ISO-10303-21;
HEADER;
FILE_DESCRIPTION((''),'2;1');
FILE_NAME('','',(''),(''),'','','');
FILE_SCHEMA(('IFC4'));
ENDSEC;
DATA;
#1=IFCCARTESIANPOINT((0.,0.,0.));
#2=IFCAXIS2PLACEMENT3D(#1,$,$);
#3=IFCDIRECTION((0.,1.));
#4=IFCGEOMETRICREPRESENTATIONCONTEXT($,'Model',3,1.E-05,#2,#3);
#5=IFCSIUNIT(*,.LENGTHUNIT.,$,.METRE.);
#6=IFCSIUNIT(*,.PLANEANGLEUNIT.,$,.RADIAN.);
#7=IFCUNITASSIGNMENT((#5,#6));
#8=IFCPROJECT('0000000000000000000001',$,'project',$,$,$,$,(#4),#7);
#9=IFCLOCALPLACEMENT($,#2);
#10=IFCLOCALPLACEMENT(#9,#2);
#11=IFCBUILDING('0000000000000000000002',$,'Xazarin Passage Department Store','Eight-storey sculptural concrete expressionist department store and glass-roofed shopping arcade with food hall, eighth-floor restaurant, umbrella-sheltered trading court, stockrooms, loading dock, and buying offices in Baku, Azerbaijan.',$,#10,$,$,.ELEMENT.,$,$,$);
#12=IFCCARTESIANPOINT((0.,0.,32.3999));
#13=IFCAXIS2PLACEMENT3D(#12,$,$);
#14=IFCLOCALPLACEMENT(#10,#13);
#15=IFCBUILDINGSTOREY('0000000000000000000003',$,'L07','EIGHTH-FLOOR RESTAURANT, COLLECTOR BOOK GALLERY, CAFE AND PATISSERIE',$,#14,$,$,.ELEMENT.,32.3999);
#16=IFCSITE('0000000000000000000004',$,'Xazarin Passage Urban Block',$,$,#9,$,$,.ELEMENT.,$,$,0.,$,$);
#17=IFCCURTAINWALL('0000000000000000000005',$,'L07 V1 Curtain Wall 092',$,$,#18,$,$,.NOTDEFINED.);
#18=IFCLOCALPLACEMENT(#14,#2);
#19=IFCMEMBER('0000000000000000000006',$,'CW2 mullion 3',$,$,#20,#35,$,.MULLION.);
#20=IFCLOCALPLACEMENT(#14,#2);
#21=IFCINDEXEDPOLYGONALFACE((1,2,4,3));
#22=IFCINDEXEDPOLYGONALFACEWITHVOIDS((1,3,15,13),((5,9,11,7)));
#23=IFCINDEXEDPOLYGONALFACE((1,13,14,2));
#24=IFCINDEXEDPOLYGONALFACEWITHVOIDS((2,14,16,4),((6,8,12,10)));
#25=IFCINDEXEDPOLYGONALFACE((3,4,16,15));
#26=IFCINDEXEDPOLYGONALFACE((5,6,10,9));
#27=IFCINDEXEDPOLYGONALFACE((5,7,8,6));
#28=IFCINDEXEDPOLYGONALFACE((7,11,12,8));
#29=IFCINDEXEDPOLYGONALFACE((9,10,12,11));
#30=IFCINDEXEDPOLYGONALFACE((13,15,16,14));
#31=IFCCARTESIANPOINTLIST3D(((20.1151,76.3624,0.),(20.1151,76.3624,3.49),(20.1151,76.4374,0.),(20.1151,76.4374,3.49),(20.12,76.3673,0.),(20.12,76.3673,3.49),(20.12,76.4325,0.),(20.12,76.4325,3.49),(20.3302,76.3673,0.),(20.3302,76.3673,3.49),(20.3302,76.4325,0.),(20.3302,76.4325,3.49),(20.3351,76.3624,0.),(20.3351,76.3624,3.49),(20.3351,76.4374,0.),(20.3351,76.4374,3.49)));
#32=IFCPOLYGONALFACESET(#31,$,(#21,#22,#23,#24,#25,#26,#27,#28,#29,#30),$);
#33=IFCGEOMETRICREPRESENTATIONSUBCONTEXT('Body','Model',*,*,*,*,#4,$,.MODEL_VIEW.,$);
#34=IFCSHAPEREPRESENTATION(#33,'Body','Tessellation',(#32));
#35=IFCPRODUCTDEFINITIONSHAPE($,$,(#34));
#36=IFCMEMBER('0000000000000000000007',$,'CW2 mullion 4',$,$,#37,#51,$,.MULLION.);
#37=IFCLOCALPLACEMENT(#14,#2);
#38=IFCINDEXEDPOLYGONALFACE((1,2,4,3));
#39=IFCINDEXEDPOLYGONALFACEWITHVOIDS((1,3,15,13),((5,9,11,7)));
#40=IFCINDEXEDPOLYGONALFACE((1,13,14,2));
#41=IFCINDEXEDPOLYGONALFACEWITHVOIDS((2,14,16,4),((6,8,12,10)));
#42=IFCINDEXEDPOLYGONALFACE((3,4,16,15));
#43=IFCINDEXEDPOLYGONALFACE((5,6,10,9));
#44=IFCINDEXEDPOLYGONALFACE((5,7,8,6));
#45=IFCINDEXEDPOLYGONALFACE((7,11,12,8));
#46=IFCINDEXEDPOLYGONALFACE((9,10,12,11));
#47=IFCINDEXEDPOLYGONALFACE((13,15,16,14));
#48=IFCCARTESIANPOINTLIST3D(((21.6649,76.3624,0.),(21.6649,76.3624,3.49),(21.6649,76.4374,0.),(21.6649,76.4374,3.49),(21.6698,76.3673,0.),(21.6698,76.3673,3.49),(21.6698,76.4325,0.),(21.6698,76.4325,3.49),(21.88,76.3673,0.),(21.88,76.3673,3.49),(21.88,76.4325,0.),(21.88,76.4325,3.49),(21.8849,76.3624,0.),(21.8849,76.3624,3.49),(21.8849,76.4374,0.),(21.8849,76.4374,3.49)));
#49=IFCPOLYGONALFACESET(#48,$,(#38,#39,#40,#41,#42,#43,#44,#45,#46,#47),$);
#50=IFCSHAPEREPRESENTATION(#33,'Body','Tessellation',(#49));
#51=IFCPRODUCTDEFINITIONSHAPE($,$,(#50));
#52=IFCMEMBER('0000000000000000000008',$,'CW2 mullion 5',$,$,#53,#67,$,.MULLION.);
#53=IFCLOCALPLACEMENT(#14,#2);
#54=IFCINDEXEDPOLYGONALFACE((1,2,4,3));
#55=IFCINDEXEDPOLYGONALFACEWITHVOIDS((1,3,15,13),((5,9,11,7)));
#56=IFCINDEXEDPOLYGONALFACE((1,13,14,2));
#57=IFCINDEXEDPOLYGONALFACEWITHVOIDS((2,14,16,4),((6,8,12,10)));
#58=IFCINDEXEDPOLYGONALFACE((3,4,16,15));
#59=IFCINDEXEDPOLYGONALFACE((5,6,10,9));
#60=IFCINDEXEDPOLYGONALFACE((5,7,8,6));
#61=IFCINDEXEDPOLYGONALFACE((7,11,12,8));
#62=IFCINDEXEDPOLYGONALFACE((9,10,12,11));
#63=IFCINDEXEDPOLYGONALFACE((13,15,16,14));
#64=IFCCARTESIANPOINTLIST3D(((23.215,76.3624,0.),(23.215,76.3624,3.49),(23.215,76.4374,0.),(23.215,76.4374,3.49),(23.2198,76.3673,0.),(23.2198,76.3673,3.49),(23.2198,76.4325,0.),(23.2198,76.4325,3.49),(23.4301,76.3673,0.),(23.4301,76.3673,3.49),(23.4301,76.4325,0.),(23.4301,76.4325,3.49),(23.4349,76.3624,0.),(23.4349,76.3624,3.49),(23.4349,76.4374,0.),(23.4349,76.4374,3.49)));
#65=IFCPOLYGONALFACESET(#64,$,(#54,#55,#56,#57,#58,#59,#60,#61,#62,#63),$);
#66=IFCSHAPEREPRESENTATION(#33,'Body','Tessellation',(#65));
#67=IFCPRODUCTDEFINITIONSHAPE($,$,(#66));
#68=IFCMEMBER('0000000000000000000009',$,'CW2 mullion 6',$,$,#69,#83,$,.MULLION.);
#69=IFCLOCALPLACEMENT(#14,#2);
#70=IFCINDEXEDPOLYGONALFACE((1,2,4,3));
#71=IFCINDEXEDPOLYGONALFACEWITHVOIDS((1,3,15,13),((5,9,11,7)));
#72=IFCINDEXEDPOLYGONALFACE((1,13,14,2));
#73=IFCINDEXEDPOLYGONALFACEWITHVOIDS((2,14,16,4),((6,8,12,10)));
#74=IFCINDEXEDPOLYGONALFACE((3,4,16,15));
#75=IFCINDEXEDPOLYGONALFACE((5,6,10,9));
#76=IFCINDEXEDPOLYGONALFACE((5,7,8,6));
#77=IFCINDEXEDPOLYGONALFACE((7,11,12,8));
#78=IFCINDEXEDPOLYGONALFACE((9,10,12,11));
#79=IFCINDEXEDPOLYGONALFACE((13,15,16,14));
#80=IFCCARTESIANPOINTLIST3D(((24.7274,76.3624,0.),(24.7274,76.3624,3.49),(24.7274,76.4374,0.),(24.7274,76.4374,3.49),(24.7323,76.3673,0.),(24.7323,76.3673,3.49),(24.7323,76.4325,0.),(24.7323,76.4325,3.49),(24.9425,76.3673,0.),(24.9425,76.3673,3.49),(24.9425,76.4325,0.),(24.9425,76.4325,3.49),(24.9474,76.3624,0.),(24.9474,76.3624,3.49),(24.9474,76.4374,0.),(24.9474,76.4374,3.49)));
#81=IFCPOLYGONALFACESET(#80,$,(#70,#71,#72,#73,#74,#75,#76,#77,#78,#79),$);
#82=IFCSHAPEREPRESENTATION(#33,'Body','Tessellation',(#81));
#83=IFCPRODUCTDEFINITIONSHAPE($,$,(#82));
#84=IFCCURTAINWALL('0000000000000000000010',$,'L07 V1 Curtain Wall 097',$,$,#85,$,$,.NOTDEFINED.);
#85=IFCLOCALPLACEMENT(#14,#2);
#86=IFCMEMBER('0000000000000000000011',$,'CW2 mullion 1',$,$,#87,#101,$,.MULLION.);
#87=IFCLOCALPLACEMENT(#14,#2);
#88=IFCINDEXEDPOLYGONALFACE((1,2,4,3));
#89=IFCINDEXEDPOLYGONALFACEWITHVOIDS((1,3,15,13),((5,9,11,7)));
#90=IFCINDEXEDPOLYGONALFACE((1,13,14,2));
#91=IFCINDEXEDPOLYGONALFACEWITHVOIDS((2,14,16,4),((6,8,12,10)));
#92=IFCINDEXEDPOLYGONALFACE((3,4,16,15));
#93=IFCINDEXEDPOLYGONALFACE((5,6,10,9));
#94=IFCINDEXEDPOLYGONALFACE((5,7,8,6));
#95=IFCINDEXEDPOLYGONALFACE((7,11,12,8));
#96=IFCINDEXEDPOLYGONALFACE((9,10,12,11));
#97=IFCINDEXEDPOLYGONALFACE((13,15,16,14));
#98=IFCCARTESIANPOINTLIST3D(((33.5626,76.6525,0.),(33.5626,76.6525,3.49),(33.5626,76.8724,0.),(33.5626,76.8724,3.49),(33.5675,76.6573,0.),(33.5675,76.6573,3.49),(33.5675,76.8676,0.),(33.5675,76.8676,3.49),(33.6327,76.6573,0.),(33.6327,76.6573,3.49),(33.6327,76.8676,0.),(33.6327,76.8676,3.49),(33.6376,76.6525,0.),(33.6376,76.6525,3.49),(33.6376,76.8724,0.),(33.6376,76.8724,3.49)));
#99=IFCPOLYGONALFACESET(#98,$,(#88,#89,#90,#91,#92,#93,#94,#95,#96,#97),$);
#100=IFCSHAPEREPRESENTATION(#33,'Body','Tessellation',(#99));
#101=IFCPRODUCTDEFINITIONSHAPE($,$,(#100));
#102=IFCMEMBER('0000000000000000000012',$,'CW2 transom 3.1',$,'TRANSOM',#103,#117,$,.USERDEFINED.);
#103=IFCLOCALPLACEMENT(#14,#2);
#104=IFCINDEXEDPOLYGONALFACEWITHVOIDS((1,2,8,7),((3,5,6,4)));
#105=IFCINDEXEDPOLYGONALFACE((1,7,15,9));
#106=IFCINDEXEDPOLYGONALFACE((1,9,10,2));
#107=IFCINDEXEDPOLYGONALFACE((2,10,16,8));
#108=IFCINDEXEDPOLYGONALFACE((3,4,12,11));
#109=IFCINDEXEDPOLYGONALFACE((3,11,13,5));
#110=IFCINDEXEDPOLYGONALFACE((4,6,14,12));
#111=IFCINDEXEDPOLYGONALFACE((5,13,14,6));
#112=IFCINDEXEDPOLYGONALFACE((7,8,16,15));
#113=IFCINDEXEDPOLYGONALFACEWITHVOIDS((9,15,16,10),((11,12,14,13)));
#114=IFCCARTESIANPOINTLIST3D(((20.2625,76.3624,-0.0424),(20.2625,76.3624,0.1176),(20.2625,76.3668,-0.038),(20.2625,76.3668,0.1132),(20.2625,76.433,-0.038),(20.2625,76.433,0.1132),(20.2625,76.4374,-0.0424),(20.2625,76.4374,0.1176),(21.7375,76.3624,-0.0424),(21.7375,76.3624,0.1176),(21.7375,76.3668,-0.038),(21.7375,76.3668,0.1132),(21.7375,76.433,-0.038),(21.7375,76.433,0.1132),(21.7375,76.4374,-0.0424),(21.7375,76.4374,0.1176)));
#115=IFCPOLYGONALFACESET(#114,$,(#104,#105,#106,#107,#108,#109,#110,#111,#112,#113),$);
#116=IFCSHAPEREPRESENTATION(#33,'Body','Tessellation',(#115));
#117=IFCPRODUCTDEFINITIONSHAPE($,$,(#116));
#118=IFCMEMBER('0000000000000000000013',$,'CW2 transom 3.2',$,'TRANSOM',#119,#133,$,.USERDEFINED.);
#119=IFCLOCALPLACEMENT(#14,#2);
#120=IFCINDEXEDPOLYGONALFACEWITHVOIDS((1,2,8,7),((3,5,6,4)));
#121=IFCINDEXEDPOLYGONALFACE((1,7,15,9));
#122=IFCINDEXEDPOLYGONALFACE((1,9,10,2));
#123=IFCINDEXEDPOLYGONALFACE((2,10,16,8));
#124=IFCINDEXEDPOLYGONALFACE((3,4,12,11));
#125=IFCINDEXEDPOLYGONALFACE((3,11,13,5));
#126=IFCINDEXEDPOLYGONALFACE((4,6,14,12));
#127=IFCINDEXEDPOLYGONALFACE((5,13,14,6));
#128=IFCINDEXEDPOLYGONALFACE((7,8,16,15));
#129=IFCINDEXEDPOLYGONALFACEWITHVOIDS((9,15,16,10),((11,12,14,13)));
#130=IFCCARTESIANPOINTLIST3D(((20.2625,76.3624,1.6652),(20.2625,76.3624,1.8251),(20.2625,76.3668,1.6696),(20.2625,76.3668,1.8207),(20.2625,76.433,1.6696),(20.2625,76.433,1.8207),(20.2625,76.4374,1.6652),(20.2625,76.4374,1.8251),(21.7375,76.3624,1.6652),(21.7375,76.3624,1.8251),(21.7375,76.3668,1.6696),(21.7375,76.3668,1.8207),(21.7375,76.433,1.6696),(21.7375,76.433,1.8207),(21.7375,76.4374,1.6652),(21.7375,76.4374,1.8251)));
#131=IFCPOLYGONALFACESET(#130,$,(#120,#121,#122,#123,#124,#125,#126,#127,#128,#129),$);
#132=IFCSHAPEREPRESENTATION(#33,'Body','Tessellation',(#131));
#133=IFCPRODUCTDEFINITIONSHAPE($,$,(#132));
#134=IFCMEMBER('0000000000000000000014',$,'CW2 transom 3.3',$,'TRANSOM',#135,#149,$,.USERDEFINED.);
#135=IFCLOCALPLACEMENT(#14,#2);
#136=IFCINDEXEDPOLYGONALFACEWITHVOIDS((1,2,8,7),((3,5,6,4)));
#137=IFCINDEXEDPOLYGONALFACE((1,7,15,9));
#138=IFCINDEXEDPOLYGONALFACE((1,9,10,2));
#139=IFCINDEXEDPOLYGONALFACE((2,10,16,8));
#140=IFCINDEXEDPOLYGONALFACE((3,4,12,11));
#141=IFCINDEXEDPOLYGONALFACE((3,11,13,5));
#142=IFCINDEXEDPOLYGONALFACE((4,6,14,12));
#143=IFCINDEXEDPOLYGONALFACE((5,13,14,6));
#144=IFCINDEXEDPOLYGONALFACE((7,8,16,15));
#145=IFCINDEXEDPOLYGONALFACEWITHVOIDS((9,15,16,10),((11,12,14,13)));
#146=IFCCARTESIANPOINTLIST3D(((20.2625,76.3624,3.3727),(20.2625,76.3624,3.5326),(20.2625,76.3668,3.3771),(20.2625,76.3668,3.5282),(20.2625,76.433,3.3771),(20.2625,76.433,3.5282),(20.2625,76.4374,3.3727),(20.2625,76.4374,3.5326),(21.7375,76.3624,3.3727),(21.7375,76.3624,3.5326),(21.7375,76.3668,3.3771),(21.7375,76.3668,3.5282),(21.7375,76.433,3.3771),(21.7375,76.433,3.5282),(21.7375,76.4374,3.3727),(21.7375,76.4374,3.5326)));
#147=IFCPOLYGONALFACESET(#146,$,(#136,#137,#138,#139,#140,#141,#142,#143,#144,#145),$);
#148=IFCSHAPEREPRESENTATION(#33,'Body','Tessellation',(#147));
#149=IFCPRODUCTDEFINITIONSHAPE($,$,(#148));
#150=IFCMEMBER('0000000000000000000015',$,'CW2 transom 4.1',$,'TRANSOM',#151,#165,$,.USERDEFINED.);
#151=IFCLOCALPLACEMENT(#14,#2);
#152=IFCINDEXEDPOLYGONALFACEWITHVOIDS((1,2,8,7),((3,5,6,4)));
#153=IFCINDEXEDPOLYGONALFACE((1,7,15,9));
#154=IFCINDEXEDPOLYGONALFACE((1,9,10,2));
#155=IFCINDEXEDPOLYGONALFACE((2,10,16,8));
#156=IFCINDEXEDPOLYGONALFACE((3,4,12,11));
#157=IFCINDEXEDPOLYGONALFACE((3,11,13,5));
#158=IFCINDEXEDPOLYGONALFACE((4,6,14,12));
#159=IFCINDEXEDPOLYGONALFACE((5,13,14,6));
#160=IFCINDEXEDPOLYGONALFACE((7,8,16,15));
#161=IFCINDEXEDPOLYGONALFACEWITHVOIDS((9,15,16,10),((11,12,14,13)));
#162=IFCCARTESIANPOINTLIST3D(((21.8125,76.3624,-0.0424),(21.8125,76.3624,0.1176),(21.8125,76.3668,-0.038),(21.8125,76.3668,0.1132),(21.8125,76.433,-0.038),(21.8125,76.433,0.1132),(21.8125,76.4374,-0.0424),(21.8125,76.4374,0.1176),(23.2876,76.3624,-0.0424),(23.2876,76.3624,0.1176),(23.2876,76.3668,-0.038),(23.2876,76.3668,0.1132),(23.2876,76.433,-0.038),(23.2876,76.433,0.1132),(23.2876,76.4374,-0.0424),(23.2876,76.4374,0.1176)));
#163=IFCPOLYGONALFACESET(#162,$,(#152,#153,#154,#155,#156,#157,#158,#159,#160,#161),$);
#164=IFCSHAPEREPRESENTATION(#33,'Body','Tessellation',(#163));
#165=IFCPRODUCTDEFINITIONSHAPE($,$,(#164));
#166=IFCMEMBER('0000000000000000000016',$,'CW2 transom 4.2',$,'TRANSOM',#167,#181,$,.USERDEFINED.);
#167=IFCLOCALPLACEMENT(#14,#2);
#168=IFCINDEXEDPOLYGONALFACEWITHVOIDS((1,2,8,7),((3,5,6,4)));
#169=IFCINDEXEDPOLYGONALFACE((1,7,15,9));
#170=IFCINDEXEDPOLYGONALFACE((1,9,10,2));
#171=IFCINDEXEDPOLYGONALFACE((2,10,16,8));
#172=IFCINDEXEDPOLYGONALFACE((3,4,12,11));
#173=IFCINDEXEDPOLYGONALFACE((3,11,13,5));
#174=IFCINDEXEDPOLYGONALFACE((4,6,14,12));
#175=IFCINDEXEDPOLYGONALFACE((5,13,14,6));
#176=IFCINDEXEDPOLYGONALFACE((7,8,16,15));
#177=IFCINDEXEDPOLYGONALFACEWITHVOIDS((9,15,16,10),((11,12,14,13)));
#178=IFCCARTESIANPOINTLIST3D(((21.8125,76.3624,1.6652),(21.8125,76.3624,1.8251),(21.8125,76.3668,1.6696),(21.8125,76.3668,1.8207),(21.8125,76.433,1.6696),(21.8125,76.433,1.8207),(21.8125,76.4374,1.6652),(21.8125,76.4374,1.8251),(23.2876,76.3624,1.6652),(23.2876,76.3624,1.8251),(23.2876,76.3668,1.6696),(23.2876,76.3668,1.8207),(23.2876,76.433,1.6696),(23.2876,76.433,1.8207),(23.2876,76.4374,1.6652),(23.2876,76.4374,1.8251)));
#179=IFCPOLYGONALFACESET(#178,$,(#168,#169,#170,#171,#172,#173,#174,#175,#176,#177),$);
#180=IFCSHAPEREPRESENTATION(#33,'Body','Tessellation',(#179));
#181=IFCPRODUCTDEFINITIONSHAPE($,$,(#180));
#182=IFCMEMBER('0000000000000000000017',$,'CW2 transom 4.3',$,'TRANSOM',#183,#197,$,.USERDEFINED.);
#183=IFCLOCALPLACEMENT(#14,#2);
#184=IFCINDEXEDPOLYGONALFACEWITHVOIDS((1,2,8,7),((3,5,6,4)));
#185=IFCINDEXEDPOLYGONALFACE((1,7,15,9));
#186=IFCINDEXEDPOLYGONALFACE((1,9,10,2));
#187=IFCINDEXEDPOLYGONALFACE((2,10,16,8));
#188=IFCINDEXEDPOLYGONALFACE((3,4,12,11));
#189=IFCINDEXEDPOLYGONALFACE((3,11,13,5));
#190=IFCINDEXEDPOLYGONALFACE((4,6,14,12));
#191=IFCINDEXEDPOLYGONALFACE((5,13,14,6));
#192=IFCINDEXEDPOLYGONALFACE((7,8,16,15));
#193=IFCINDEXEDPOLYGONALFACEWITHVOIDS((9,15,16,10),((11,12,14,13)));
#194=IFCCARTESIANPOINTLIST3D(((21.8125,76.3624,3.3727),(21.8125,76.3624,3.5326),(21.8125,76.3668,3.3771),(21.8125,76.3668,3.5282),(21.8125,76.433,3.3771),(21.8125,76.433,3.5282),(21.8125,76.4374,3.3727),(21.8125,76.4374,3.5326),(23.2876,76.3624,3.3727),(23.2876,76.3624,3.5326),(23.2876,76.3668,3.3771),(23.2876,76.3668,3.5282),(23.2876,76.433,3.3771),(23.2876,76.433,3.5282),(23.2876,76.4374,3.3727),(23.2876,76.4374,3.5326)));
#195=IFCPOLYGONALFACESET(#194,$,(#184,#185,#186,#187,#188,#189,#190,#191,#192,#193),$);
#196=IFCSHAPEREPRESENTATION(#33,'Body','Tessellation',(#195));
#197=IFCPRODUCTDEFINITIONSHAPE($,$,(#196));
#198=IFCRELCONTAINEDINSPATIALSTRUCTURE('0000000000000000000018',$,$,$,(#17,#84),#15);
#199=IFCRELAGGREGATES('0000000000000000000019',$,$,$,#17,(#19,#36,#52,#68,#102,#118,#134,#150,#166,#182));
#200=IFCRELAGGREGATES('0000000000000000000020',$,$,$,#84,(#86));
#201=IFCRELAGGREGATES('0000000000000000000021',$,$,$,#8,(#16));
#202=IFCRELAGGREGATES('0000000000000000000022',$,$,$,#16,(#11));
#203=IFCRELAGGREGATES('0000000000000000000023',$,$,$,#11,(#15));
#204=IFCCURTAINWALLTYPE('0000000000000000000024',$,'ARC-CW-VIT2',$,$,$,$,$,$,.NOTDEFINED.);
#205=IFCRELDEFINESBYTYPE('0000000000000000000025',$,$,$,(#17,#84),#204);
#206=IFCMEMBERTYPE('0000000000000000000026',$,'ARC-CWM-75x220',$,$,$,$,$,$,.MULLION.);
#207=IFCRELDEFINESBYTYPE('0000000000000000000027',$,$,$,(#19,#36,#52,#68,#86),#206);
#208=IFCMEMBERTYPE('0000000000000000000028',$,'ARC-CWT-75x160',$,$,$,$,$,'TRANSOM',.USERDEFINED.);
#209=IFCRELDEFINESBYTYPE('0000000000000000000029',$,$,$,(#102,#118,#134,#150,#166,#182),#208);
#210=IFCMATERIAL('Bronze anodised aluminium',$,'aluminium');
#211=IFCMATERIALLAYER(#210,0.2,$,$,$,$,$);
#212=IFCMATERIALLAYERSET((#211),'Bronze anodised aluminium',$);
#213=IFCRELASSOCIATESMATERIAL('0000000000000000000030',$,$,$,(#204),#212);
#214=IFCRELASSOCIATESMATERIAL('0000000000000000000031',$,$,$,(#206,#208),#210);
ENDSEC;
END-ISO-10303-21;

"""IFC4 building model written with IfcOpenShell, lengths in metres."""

from ifc_helpers import new_model, si_unit, direction, frame, origin, origin_2d, place, context, subcontext, project, spatial, hollow_rectangle, extrude, material, layer, layer_set, material_profile, profile_set, type_object, element, aggregate, save


model = new_model("IFC4")

# Units and contexts
model_context = context("Model", 3, precision=1e-05, world=origin(), true_north=direction((0.0, 1.0)))
body_context = subcontext(model_context, "Body", "Model", "MODEL_VIEW")
ifc_project = project(units=[si_unit("LENGTHUNIT", "METRE"), si_unit("PLANEANGLEUNIT", "RADIAN")], contexts=[model_context])

# Site, building, storey
site_placement = place(None, origin())
site = spatial("IfcSite", under=ifc_project, at=site_placement, Name="Xazarin Passage Urban Block", CompositionType="ELEMENT", RefElevation=0.0)
building_placement = place(site_placement, origin())
building = spatial("IfcBuilding", under=site, at=building_placement, Name="Xazarin Passage Department Store", Description="Eight-storey sculptural concrete expressionist department store and glass-roofed shopping arcade with food hall, eighth-floor restaurant, umbrella-sheltered trading court, stockrooms, loading dock, and buying offices in Baku, Azerbaijan.", CompositionType="ELEMENT")
storey_placement = place(building_placement, frame((0.0, 0.0, 32.3999)))
storey = spatial("IfcBuildingStorey", under=building, at=storey_placement, Name="L07", Description="EIGHTH-FLOOR RESTAURANT, COLLECTOR BOOK GALLERY, CAFE AND PATISSERIE", CompositionType="ELEMENT", Elevation=32.3999)

# Curtain wall, members
ifc_material_1 = material(Name="Bronze anodised aluminium", Category="aluminium")
ifc_layer_1 = layer(ifc_material_1, 0.2)
ifc_layer_set_1 = layer_set([ifc_layer_1], Name="Bronze anodised aluminium")
curtain_wall_type = type_object("IfcCurtainWallType", Name="ARC-CW-VIT2", PredefinedType="NOTDEFINED", material=ifc_layer_set_1)
curtain_wall_1_placement = place(storey_placement, origin())
curtain_wall_1 = element("IfcCurtainWall", 1, at=curtain_wall_1_placement, inside=storey, type_object=curtain_wall_type, Name="L07 V1 Curtain Wall 092", PredefinedType="NOTDEFINED")
ifc_material_profile_1 = material_profile(ifc_material_1, hollow_rectangle(XDim=0.075, YDim=0.22, WallThickness=0.0049, at=origin_2d()), Name="ALU 75x220")
ifc_profile_set_1 = profile_set([ifc_material_profile_1], Name="Bronze anodised aluminium")
member_type_1 = type_object("IfcMemberType", Name="ARC-CWM-75x220", PredefinedType="MULLION", material=ifc_profile_set_1)
member_1_placement = place(storey_placement, frame((20.2251, 76.3999, 0.0), z_axis=(0.0, 0.0, 1.0), x_axis=(0.0, 1.0, 0.0)))
member_1 = element("IfcMember", 2, at=member_1_placement, type_object=member_type_1, Name="CW2 mullion 3", PredefinedType="MULLION", context=body_context, shape_type="SweptSolid", body=[
    extrude(hollow_rectangle(XDim=0.075, YDim=0.22, WallThickness=0.0049, at=origin_2d()), origin(), (0.0, 0.0, 1.0), 3.49),
])
member_2_placement = place(storey_placement, frame((21.7749, 76.3999, 0.0), z_axis=(0.0, 0.0, 1.0), x_axis=(0.0, 1.0, 0.0)))
member_2 = element("IfcMember", 3, at=member_2_placement, type_object=member_type_1, Name="CW2 mullion 4", PredefinedType="MULLION", context=body_context, shape_type="SweptSolid", body=[
    extrude(hollow_rectangle(XDim=0.075, YDim=0.22, WallThickness=0.0049, at=origin_2d()), origin(), (0.0, 0.0, 1.0), 3.49),
])
member_3_placement = place(storey_placement, frame((23.325, 76.3999, 0.0), z_axis=(0.0, 0.0, 1.0), x_axis=(0.0, 1.0, 0.0)))
member_3 = element("IfcMember", 4, at=member_3_placement, type_object=member_type_1, Name="CW2 mullion 5", PredefinedType="MULLION", context=body_context, shape_type="SweptSolid", body=[
    extrude(hollow_rectangle(XDim=0.075, YDim=0.22, WallThickness=0.0049, at=origin_2d()), origin(), (0.0, 0.0, 1.0), 3.49),
])
member_4_placement = place(storey_placement, frame((24.8374, 76.3999, 0.0), z_axis=(0.0, 0.0, 1.0), x_axis=(0.0, 1.0, 0.0)))
member_4 = element("IfcMember", 5, at=member_4_placement, type_object=member_type_1, Name="CW2 mullion 6", PredefinedType="MULLION", context=body_context, shape_type="SweptSolid", body=[
    extrude(hollow_rectangle(XDim=0.075, YDim=0.22, WallThickness=0.0049, at=origin_2d()), origin(), (0.0, 0.0, 1.0), 3.49),
])

# Curtain wall, member
curtain_wall_2_placement = place(storey_placement, origin())
curtain_wall_2 = element("IfcCurtainWall", 6, at=curtain_wall_2_placement, inside=storey, type_object=curtain_wall_type, Name="L07 V1 Curtain Wall 097", PredefinedType="NOTDEFINED")
member_5_placement = place(storey_placement, frame((33.6001, 76.7625, 0.0), z_axis=(0.0, 0.0, 1.0), x_axis=(-1.0, 0.0, 0.0)))
member_5 = element("IfcMember", 7, at=member_5_placement, type_object=member_type_1, Name="CW2 mullion 1", PredefinedType="MULLION", context=body_context, shape_type="SweptSolid", body=[
    extrude(hollow_rectangle(XDim=0.075, YDim=0.22, WallThickness=0.0049, at=origin_2d()), origin(), (0.0, 0.0, 1.0), 3.49),
])

# Members
ifc_material_profile_2 = material_profile(ifc_material_1, hollow_rectangle(XDim=0.075, YDim=0.1599, WallThickness=0.0044, at=origin_2d()), Name="ALU 75x160")
ifc_profile_set_2 = profile_set([ifc_material_profile_2], Name="Bronze anodised aluminium")
member_type_2 = type_object("IfcMemberType", Name="ARC-CWT-75x160", ElementType="TRANSOM", PredefinedType="USERDEFINED", material=ifc_profile_set_2)
member_6_placement = place(storey_placement, frame((20.2625, 76.3999, 0.0376), z_axis=(1.0, 0.0, 0.0), x_axis=(0.0, 1.0, 0.0)))
member_6 = element("IfcMember", 8, at=member_6_placement, type_object=member_type_2, Name="CW2 transom 3.1", ObjectType="TRANSOM", PredefinedType="USERDEFINED", context=body_context, shape_type="SweptSolid", body=[
    extrude(hollow_rectangle(XDim=0.075, YDim=0.1599, WallThickness=0.0044, at=origin_2d()), origin(), (0.0, 0.0, 1.0), 1.4751),
])
member_7_placement = place(storey_placement, frame((20.2625, 76.3999, 1.7451), z_axis=(1.0, 0.0, 0.0), x_axis=(0.0, 1.0, 0.0)))
member_7 = element("IfcMember", 9, at=member_7_placement, type_object=member_type_2, Name="CW2 transom 3.2", ObjectType="TRANSOM", PredefinedType="USERDEFINED", context=body_context, shape_type="SweptSolid", body=[
    extrude(hollow_rectangle(XDim=0.075, YDim=0.1599, WallThickness=0.0044, at=origin_2d()), origin(), (0.0, 0.0, 1.0), 1.4751),
])
member_8_placement = place(storey_placement, frame((20.2625, 76.3999, 3.4526), z_axis=(1.0, 0.0, 0.0), x_axis=(0.0, 1.0, 0.0)))
member_8 = element("IfcMember", 10, at=member_8_placement, type_object=member_type_2, Name="CW2 transom 3.3", ObjectType="TRANSOM", PredefinedType="USERDEFINED", context=body_context, shape_type="SweptSolid", body=[
    extrude(hollow_rectangle(XDim=0.075, YDim=0.1599, WallThickness=0.0044, at=origin_2d()), origin(), (0.0, 0.0, 1.0), 1.4751),
])
member_9_placement = place(storey_placement, frame((21.8125, 76.3999, 0.0376), z_axis=(1.0, 0.0, 0.0), x_axis=(0.0, 1.0, 0.0)))
member_9 = element("IfcMember", 11, at=member_9_placement, type_object=member_type_2, Name="CW2 transom 4.1", ObjectType="TRANSOM", PredefinedType="USERDEFINED", context=body_context, shape_type="SweptSolid", body=[
    extrude(hollow_rectangle(XDim=0.075, YDim=0.1599, WallThickness=0.0044, at=origin_2d()), origin(), (0.0, 0.0, 1.0), 1.4751),
])
member_10_placement = place(storey_placement, frame((21.8125, 76.3999, 1.7451), z_axis=(1.0, 0.0, 0.0), x_axis=(0.0, 1.0, 0.0)))
member_10 = element("IfcMember", 12, at=member_10_placement, type_object=member_type_2, Name="CW2 transom 4.2", ObjectType="TRANSOM", PredefinedType="USERDEFINED", context=body_context, shape_type="SweptSolid", body=[
    extrude(hollow_rectangle(XDim=0.075, YDim=0.1599, WallThickness=0.0044, at=origin_2d()), origin(), (0.0, 0.0, 1.0), 1.4751),
])
member_11_placement = place(storey_placement, frame((21.8125, 76.3999, 3.4526), z_axis=(1.0, 0.0, 0.0), x_axis=(0.0, 1.0, 0.0)))
member_11 = element("IfcMember", 13, at=member_11_placement, type_object=member_type_2, Name="CW2 transom 4.3", ObjectType="TRANSOM", PredefinedType="USERDEFINED", context=body_context, shape_type="SweptSolid", body=[
    extrude(hollow_rectangle(XDim=0.075, YDim=0.1599, WallThickness=0.0044, at=origin_2d()), origin(), (0.0, 0.0, 1.0), 1.4751),
])

aggregate(curtain_wall_1, [member_1, member_2, member_3, member_4, member_6, member_7, member_8, member_9, member_10, member_11])
aggregate(curtain_wall_2, [member_5])

save(model, "model.ifc")
